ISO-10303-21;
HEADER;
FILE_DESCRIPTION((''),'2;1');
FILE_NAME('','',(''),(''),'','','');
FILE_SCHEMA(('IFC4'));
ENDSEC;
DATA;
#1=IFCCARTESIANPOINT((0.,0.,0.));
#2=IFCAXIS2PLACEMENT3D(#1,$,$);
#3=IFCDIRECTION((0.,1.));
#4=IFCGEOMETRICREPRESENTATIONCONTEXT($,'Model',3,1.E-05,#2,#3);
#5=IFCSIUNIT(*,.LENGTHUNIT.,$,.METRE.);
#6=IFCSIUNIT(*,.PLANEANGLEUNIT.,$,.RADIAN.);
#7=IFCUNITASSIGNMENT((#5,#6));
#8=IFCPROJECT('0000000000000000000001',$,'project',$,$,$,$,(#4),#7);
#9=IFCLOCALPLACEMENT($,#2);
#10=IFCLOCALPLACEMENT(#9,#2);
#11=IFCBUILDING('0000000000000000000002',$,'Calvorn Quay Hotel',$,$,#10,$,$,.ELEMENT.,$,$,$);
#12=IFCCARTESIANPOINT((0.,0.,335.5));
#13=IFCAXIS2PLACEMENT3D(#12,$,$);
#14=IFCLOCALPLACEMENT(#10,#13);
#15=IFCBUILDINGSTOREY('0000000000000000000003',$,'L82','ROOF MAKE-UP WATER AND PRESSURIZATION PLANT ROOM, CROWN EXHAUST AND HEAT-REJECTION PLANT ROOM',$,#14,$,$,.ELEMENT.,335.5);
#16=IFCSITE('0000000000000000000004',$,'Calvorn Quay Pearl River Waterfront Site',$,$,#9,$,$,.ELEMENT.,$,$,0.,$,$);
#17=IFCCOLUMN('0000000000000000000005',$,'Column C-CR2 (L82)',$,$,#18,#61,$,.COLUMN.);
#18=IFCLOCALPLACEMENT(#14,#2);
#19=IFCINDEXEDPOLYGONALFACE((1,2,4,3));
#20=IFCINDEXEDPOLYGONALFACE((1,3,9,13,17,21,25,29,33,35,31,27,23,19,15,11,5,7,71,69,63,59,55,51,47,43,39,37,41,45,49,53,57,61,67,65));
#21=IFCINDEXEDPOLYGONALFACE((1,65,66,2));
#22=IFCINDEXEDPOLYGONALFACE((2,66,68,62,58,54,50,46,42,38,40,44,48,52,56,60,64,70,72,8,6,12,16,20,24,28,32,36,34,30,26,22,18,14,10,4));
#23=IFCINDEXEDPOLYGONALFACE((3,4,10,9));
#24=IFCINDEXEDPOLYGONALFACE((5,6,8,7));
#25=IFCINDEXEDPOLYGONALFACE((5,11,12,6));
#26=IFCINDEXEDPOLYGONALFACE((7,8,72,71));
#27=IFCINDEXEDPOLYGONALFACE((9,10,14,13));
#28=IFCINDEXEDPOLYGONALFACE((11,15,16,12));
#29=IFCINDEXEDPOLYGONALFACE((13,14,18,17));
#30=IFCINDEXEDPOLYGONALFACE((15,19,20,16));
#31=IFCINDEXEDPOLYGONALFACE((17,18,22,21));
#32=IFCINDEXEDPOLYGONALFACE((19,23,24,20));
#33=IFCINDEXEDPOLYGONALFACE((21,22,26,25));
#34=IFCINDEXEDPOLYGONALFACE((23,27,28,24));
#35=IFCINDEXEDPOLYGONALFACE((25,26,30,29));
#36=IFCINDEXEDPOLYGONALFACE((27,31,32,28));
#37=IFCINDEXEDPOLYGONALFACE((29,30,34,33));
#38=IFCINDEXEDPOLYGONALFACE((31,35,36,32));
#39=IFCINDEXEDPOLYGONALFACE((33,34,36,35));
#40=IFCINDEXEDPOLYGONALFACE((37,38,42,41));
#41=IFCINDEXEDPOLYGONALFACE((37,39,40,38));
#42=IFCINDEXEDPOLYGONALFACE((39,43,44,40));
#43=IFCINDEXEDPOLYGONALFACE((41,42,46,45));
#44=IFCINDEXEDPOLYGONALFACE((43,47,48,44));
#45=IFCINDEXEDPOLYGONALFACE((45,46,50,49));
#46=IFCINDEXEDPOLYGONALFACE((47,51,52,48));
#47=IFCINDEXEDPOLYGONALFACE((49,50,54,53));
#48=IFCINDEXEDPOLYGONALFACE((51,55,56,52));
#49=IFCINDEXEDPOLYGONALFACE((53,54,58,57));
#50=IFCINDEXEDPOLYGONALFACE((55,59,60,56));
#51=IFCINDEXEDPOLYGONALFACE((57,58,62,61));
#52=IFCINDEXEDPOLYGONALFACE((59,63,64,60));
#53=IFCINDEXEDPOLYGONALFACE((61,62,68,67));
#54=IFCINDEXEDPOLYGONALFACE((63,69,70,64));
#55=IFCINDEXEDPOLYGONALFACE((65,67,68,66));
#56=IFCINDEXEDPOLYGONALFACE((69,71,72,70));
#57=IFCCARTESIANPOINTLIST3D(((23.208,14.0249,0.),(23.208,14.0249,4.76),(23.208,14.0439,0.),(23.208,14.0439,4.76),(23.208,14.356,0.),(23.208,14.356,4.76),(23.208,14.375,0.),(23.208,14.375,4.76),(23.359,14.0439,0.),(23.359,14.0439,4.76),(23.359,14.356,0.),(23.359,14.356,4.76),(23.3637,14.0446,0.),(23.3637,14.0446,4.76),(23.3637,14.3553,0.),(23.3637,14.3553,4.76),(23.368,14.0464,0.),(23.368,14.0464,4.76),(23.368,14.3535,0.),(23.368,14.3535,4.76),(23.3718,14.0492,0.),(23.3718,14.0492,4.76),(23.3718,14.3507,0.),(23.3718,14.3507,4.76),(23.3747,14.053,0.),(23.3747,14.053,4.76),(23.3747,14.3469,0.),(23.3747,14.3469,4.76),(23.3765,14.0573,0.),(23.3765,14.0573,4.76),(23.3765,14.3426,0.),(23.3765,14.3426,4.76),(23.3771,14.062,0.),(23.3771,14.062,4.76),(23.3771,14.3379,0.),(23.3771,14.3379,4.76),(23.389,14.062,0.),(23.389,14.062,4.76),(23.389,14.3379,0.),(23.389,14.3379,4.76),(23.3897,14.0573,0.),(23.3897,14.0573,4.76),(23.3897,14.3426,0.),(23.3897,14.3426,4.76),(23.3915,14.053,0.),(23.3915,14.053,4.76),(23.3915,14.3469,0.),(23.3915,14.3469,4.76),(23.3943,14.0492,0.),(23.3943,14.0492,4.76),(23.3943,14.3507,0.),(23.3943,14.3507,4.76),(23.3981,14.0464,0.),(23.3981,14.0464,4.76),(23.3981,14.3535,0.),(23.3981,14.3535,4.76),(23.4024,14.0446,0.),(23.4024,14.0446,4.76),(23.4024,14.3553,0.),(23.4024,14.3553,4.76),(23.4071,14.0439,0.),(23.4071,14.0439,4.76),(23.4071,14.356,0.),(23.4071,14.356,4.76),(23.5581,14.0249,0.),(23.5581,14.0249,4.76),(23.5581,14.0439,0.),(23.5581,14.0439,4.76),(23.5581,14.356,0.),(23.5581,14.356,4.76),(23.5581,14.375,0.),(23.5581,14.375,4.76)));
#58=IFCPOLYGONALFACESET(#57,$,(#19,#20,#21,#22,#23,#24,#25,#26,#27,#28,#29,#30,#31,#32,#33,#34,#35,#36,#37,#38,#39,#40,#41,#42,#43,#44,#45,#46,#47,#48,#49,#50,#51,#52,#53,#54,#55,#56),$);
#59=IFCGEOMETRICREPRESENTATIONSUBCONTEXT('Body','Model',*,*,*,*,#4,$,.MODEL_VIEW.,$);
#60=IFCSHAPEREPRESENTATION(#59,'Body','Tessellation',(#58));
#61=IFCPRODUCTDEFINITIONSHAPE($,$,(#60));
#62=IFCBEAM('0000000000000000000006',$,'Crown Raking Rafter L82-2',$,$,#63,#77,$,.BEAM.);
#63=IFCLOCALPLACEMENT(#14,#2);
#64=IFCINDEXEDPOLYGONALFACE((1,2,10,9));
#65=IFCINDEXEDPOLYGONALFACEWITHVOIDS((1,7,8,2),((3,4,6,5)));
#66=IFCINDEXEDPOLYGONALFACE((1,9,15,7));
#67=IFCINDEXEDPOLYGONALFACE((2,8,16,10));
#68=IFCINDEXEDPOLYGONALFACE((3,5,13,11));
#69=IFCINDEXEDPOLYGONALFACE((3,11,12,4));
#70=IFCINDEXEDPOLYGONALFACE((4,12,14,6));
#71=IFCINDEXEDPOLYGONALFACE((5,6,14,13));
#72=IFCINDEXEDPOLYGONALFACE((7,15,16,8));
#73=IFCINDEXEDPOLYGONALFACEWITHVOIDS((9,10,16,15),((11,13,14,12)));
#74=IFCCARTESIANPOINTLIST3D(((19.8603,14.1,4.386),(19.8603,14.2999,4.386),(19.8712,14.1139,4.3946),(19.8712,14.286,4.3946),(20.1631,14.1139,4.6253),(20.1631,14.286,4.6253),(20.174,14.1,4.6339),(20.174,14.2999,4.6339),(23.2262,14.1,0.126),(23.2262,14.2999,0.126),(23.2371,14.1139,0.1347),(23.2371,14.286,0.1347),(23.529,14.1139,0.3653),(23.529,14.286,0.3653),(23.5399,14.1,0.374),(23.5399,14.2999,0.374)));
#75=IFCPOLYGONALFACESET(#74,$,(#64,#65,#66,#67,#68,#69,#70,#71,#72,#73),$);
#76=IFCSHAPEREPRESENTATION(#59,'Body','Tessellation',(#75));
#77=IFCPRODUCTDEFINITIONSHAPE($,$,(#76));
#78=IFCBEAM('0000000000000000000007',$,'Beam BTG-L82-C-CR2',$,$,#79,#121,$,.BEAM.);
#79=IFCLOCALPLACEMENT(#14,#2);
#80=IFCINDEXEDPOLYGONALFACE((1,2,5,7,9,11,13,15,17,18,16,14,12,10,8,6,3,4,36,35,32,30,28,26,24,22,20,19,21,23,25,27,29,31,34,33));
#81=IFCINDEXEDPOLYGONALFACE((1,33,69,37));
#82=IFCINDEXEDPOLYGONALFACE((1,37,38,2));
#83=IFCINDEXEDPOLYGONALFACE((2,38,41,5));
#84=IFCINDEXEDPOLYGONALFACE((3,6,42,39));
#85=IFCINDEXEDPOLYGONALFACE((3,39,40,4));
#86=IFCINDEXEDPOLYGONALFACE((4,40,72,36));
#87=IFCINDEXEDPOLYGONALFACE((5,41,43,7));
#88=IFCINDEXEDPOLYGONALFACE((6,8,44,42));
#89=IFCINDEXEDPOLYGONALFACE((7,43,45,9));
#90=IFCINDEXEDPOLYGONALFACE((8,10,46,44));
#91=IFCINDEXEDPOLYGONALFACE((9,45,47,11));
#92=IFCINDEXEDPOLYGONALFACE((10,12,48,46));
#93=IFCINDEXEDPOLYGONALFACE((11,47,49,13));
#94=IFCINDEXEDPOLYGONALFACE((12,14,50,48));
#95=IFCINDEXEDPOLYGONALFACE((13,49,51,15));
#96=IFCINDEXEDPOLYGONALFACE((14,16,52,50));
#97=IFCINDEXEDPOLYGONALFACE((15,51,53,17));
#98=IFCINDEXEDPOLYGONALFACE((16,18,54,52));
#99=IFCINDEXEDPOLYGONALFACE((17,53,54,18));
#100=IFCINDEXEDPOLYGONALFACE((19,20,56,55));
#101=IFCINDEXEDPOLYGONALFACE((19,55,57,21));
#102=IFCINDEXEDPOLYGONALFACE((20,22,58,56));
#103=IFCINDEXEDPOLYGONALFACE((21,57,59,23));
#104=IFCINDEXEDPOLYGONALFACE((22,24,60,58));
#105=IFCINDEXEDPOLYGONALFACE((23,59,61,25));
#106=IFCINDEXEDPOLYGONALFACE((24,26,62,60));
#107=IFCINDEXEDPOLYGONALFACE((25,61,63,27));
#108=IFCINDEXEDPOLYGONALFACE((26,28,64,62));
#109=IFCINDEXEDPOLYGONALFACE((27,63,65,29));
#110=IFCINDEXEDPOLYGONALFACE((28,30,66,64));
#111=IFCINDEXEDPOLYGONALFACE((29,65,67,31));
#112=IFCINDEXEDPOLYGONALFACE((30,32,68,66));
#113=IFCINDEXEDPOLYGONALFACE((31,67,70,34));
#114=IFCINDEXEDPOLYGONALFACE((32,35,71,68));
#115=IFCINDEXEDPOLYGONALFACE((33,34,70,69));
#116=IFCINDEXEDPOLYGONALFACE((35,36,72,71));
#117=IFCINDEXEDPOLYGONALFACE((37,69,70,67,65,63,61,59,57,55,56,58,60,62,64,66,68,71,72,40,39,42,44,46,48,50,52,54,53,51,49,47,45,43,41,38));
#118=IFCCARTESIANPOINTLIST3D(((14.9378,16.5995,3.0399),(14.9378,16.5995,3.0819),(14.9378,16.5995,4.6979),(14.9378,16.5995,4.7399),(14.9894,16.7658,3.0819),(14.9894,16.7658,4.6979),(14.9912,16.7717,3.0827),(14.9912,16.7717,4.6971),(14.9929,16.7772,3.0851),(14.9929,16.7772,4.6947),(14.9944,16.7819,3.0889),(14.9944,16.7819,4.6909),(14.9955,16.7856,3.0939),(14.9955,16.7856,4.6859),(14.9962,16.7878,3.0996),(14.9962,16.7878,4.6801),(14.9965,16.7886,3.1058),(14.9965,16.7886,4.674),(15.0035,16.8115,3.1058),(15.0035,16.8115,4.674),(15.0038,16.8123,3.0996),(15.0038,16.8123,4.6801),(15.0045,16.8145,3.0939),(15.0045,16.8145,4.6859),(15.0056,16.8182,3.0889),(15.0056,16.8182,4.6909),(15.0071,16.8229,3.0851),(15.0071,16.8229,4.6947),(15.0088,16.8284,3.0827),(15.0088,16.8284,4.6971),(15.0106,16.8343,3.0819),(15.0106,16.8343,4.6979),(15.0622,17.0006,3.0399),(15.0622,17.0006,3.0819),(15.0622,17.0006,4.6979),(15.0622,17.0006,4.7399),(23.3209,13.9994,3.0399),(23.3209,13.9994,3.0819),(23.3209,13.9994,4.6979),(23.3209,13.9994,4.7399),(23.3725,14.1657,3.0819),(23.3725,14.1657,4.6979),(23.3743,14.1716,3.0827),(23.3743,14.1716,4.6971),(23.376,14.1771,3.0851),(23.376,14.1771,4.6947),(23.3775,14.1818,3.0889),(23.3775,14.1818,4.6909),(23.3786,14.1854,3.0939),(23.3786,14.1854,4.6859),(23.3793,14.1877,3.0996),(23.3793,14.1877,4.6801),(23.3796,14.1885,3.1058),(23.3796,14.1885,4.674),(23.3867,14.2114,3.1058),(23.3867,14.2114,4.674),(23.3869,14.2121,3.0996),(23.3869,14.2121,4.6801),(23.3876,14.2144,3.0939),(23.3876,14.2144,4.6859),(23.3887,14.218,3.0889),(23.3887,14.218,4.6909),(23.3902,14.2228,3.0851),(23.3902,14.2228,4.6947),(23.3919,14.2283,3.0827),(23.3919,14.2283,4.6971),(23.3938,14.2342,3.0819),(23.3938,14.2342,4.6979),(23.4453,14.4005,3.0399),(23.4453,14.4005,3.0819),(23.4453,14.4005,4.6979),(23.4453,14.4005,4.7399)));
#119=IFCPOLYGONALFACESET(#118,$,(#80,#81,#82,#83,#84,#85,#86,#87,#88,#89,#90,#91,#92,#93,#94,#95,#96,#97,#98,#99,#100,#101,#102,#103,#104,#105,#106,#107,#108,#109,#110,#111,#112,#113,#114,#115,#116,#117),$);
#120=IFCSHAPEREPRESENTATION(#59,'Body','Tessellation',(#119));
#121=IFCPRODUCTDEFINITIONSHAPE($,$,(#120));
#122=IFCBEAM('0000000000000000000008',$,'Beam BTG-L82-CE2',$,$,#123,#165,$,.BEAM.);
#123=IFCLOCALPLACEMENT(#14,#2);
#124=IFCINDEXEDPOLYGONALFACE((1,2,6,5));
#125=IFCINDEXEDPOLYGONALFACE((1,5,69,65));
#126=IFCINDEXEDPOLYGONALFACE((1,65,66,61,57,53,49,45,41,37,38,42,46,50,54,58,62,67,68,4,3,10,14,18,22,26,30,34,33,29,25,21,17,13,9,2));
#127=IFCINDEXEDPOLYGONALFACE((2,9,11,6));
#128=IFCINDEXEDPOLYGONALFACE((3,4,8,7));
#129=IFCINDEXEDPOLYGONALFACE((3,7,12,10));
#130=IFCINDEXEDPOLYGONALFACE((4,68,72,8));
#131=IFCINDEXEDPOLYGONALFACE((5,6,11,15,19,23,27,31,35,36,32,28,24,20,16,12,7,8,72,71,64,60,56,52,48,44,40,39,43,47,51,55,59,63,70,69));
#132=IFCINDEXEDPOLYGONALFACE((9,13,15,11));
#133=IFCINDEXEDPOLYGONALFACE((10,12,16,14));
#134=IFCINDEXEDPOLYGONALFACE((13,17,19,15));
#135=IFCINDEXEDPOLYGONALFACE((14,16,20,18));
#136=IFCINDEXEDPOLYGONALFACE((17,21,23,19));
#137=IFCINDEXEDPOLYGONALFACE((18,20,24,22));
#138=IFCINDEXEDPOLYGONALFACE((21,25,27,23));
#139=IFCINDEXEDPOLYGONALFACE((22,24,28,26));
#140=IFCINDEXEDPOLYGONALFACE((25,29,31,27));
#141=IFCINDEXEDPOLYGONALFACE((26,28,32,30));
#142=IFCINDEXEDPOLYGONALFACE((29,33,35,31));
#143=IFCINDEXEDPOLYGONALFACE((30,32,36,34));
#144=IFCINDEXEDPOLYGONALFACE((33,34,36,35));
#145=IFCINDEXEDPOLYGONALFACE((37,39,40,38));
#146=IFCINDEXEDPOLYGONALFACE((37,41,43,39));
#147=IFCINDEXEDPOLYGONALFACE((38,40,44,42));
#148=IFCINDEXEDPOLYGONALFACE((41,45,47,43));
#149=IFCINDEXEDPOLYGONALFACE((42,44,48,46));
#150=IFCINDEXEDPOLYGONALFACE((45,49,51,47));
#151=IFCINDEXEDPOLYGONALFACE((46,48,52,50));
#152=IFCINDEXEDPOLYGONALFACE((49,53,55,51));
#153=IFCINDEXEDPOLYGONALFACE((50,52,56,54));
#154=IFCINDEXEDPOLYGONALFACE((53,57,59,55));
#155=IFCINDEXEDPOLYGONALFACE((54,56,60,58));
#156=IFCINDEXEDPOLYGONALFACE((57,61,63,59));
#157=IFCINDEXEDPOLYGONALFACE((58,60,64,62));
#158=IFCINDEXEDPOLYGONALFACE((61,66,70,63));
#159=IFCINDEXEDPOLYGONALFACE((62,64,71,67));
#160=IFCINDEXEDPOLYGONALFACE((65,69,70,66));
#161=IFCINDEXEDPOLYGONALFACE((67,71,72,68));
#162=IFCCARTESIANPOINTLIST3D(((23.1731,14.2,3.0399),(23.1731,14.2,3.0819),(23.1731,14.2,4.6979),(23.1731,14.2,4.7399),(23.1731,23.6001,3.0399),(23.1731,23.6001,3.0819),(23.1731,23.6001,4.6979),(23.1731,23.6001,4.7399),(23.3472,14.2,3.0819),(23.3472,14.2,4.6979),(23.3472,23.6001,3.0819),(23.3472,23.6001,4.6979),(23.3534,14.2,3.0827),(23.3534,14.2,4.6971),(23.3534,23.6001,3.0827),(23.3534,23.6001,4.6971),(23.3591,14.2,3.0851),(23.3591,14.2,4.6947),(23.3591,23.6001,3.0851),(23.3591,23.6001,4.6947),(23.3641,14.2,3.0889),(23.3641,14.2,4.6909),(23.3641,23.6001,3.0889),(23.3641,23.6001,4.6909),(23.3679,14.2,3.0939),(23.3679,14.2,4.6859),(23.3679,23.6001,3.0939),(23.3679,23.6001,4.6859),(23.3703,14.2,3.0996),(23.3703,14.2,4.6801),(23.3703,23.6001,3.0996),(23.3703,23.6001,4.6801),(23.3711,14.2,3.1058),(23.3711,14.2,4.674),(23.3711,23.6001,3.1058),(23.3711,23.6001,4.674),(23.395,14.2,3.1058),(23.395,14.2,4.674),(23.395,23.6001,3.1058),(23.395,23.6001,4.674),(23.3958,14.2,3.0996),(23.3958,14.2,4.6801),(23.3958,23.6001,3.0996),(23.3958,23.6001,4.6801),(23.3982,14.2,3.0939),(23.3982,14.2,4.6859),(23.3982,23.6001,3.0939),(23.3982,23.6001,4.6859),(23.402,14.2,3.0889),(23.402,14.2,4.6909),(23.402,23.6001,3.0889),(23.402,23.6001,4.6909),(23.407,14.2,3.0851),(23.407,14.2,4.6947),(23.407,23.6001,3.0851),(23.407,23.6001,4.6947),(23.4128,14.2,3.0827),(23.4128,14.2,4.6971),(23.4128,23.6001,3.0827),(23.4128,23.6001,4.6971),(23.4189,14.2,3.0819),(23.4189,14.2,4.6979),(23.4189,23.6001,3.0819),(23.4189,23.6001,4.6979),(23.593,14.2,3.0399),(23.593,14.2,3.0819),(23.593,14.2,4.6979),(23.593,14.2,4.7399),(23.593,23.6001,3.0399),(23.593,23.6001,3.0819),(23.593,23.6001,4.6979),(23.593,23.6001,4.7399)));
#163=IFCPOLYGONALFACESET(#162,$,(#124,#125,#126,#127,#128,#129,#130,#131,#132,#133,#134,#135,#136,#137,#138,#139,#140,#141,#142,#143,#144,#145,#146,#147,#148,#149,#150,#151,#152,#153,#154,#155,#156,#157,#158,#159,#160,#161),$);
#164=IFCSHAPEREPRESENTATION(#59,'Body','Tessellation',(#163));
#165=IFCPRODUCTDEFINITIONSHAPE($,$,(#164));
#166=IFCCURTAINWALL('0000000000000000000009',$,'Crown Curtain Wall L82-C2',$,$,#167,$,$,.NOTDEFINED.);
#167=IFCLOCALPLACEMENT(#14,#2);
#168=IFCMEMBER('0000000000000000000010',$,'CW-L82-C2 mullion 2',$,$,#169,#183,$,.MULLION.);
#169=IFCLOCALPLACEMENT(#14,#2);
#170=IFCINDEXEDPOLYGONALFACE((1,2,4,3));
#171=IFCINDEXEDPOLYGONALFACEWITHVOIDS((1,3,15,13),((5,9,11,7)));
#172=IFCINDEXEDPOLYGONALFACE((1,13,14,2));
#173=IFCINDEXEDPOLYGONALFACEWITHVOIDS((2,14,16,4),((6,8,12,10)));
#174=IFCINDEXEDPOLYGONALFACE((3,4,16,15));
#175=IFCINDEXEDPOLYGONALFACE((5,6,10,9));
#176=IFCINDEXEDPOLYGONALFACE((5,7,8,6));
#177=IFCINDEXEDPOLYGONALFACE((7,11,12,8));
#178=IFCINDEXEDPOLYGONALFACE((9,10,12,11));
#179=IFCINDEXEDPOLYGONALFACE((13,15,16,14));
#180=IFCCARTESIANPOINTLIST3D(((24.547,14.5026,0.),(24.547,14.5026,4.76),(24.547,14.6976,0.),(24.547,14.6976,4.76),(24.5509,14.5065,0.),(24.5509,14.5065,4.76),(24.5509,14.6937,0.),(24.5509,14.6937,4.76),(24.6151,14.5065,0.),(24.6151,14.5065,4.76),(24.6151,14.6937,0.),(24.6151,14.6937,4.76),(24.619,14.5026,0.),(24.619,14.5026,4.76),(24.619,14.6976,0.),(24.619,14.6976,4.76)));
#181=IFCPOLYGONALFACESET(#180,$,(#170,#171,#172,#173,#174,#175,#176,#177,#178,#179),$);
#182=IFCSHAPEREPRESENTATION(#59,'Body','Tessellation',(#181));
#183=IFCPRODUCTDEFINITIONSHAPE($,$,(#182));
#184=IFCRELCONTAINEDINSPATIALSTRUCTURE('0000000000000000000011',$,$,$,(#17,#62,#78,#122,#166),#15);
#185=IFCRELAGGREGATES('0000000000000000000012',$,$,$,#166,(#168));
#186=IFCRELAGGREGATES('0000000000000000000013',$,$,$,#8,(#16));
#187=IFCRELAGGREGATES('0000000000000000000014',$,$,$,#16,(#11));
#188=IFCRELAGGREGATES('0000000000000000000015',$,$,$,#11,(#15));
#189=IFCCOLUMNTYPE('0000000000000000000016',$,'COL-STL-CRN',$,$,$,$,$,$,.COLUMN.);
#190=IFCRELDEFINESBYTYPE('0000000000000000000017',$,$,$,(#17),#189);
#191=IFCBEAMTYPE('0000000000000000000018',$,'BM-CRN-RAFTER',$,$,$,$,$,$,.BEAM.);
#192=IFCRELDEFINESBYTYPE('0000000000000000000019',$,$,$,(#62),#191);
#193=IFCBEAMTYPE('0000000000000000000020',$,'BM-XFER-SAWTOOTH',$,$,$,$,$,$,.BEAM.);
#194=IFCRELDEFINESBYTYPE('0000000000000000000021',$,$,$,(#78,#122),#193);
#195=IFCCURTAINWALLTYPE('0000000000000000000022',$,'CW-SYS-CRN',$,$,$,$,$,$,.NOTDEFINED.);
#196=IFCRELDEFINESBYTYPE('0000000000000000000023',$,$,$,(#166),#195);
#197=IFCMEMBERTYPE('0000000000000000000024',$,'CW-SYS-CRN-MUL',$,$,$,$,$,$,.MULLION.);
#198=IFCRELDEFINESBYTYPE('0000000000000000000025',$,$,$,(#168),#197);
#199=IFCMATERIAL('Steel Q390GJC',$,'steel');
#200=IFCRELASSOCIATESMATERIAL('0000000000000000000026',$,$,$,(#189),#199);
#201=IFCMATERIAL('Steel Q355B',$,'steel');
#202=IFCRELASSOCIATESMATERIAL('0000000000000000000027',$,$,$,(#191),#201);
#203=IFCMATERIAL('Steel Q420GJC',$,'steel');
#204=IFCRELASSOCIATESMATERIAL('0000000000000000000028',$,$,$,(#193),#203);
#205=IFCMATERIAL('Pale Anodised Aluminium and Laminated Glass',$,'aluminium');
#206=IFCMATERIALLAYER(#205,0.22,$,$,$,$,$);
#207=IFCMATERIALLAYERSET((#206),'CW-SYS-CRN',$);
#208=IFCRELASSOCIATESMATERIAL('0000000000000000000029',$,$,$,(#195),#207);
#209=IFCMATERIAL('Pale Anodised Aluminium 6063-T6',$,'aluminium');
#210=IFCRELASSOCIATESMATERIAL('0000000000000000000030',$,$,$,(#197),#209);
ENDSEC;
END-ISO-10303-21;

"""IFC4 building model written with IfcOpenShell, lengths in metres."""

from ifc_helpers import new_model, si_unit, direction, frame, origin, origin_2d, place, context, subcontext, project, spatial, hollow_rectangle, i_section, extrude, material, layer, layer_set, material_profile, profile_set, type_object, element, aggregate, save


model = new_model("IFC4")

# Units and contexts
model_context = context("Model", 3, precision=1e-05, world=origin(), true_north=direction((0.0, 1.0)))
body_context = subcontext(model_context, "Body", "Model", "MODEL_VIEW")
ifc_project = project(units=[si_unit("LENGTHUNIT", "METRE"), si_unit("PLANEANGLEUNIT", "RADIAN")], contexts=[model_context])

# Site, building, storey
site_placement = place(None, origin())
site = spatial("IfcSite", under=ifc_project, at=site_placement, Name="Calvorn Quay Pearl River Waterfront Site", CompositionType="ELEMENT", RefElevation=0.0)
building_placement = place(site_placement, origin())
building = spatial("IfcBuilding", under=site, at=building_placement, Name="Calvorn Quay Hotel", CompositionType="ELEMENT")
storey_placement = place(building_placement, frame((0.0, 0.0, 335.5)))
storey = spatial("IfcBuildingStorey", under=building, at=storey_placement, Name="L82", Description="ROOF MAKE-UP WATER AND PRESSURIZATION PLANT ROOM, CROWN EXHAUST AND HEAT-REJECTION PLANT ROOM", CompositionType="ELEMENT", Elevation=335.5)

# Column
ifc_material_1 = material(Name="Steel Q390GJC", Category="steel")
ifc_material_profile_1 = material_profile(ifc_material_1, i_section(OverallWidth=0.3501, OverallDepth=0.3501, WebThickness=0.012, FlangeThickness=0.019, FilletRadius=0.0181, at=origin_2d()), Name="HW350x350x12x19")
ifc_profile_set_1 = profile_set([ifc_material_profile_1], Name="Steel Q390GJC")
column_type = type_object("IfcColumnType", Name="COL-STL-CRN", PredefinedType="COLUMN", material=ifc_profile_set_1)
column_placement = place(storey_placement, frame((23.3831, 14.2, 0.0), z_axis=(0.0, 0.0, 1.0), x_axis=(1.0, 0.0, 0.0)))
element("IfcColumn", 1, at=column_placement, inside=storey, type_object=column_type, Name="Column C-CR2 (L82)", PredefinedType="COLUMN", context=body_context, shape_type="SweptSolid", body=[
    extrude(i_section(OverallWidth=0.3501, OverallDepth=0.3501, WebThickness=0.012, FlangeThickness=0.019, FilletRadius=0.0181, at=origin_2d()), origin(), (0.0, 0.0, 1.0), 4.76),
])

# Beams
ifc_material_2 = material(Name="Steel Q355B", Category="steel")
ifc_material_profile_2 = material_profile(ifc_material_2, hollow_rectangle(XDim=0.2, YDim=0.3999, WallThickness=0.0139, at=origin_2d()), Name="RHS400x200x14")
ifc_profile_set_2 = profile_set([ifc_material_profile_2], Name="Steel Q355B")
beam_type_1 = type_object("IfcBeamType", Name="BM-CRN-RAFTER", PredefinedType="BEAM", material=ifc_profile_set_2)
beam_1_placement = place(storey_placement, frame((23.3831, 14.2, 0.25), z_axis=(-0.619962, 0.0, 0.784632), x_axis=(0.0, -1.0, 0.0)))
element("IfcBeam", 2, at=beam_1_placement, inside=storey, type_object=beam_type_1, Name="Crown Raking Rafter L82-2", PredefinedType="BEAM", context=body_context, shape_type="SweptSolid", body=[
    extrude(hollow_rectangle(XDim=0.2, YDim=0.3999, WallThickness=0.0139, at=origin_2d()), origin(), (0.0, 0.0, 1.0), 5.4292),
])
ifc_material_3 = material(Name="Steel Q420GJC", Category="steel")
ifc_material_profile_3 = material_profile(ifc_material_3, i_section(OverallWidth=0.4199, OverallDepth=1.7, WebThickness=0.0239, FlangeThickness=0.042, FilletRadius=0.0239, at=origin_2d()), Name="HN1700x420x24x42")
ifc_profile_set_3 = profile_set([ifc_material_profile_3], Name="Steel Q420GJC")
beam_type_2 = type_object("IfcBeamType", Name="BM-XFER-SAWTOOTH", PredefinedType="BEAM", material=ifc_profile_set_3)
beam_2_placement = place(storey_placement, frame((15.0, 16.8, 3.8899), z_axis=(0.955114, -0.296239, 0.0), x_axis=(0.296239, 0.955114, 0.0)))
element("IfcBeam", 3, at=beam_2_placement, inside=storey, type_object=beam_type_2, Name="Beam BTG-L82-C-CR2", PredefinedType="BEAM", context=body_context, shape_type="SweptSolid", body=[
    extrude(i_section(OverallWidth=0.4199, OverallDepth=1.7, WebThickness=0.0239, FlangeThickness=0.042, FilletRadius=0.0239, at=origin_2d()), origin(), (0.0, 0.0, 1.0), 8.7771),
])
beam_3_placement = place(storey_placement, frame((23.3831, 14.2, 3.8899), z_axis=(0.0, 1.0, 0.0), x_axis=(-1.0, 0.0, 0.0)))
element("IfcBeam", 4, at=beam_3_placement, inside=storey, type_object=beam_type_2, Name="Beam BTG-L82-CE2", PredefinedType="BEAM", context=body_context, shape_type="SweptSolid", body=[
    extrude(i_section(OverallWidth=0.4199, OverallDepth=1.7, WebThickness=0.0239, FlangeThickness=0.042, FilletRadius=0.0239, at=origin_2d()), origin(), (0.0, 0.0, 1.0), 9.4001),
])

# Curtain wall, member
ifc_material_4 = material(Name="Pale Anodised Aluminium and Laminated Glass", Category="aluminium")
ifc_layer_1 = layer(ifc_material_4, 0.22)
ifc_layer_set_1 = layer_set([ifc_layer_1], Name="CW-SYS-CRN")
curtain_wall_type = type_object("IfcCurtainWallType", Name="CW-SYS-CRN", PredefinedType="NOTDEFINED", material=ifc_layer_set_1)
curtain_wall_placement = place(storey_placement, origin())
curtain_wall = element("IfcCurtainWall", 5, at=curtain_wall_placement, inside=storey, type_object=curtain_wall_type, Name="Crown Curtain Wall L82-C2", PredefinedType="NOTDEFINED")
ifc_material_5 = material(Name="Pale Anodised Aluminium 6063-T6", Category="aluminium")
ifc_material_profile_4 = material_profile(ifc_material_5, hollow_rectangle(XDim=0.072, YDim=0.1951, WallThickness=0.0039, at=origin_2d()), Name="ALU-M195x72x4")
ifc_profile_set_4 = profile_set([ifc_material_profile_4], Name="Pale Anodised Aluminium 6063-T6")
member_type_1 = type_object("IfcMemberType", Name="CW-SYS-CRN-MUL", PredefinedType="MULLION", material=ifc_profile_set_4)
member_1_placement = place(storey_placement, frame((24.583, 14.6001, 0.0), z_axis=(0.0, 0.0, 1.0), x_axis=(-1.0, 0.0, 0.0)))
member_1 = element("IfcMember", 6, at=member_1_placement, type_object=member_type_1, Name="CW-L82-C2 mullion 2", PredefinedType="MULLION", context=body_context, shape_type="SweptSolid", body=[
    extrude(hollow_rectangle(XDim=0.072, YDim=0.1951, WallThickness=0.0039, at=origin_2d()), origin(), (0.0, 0.0, 1.0), 4.76),
])
aggregate(curtain_wall, [member_1])

save(model, "model.ifc")
